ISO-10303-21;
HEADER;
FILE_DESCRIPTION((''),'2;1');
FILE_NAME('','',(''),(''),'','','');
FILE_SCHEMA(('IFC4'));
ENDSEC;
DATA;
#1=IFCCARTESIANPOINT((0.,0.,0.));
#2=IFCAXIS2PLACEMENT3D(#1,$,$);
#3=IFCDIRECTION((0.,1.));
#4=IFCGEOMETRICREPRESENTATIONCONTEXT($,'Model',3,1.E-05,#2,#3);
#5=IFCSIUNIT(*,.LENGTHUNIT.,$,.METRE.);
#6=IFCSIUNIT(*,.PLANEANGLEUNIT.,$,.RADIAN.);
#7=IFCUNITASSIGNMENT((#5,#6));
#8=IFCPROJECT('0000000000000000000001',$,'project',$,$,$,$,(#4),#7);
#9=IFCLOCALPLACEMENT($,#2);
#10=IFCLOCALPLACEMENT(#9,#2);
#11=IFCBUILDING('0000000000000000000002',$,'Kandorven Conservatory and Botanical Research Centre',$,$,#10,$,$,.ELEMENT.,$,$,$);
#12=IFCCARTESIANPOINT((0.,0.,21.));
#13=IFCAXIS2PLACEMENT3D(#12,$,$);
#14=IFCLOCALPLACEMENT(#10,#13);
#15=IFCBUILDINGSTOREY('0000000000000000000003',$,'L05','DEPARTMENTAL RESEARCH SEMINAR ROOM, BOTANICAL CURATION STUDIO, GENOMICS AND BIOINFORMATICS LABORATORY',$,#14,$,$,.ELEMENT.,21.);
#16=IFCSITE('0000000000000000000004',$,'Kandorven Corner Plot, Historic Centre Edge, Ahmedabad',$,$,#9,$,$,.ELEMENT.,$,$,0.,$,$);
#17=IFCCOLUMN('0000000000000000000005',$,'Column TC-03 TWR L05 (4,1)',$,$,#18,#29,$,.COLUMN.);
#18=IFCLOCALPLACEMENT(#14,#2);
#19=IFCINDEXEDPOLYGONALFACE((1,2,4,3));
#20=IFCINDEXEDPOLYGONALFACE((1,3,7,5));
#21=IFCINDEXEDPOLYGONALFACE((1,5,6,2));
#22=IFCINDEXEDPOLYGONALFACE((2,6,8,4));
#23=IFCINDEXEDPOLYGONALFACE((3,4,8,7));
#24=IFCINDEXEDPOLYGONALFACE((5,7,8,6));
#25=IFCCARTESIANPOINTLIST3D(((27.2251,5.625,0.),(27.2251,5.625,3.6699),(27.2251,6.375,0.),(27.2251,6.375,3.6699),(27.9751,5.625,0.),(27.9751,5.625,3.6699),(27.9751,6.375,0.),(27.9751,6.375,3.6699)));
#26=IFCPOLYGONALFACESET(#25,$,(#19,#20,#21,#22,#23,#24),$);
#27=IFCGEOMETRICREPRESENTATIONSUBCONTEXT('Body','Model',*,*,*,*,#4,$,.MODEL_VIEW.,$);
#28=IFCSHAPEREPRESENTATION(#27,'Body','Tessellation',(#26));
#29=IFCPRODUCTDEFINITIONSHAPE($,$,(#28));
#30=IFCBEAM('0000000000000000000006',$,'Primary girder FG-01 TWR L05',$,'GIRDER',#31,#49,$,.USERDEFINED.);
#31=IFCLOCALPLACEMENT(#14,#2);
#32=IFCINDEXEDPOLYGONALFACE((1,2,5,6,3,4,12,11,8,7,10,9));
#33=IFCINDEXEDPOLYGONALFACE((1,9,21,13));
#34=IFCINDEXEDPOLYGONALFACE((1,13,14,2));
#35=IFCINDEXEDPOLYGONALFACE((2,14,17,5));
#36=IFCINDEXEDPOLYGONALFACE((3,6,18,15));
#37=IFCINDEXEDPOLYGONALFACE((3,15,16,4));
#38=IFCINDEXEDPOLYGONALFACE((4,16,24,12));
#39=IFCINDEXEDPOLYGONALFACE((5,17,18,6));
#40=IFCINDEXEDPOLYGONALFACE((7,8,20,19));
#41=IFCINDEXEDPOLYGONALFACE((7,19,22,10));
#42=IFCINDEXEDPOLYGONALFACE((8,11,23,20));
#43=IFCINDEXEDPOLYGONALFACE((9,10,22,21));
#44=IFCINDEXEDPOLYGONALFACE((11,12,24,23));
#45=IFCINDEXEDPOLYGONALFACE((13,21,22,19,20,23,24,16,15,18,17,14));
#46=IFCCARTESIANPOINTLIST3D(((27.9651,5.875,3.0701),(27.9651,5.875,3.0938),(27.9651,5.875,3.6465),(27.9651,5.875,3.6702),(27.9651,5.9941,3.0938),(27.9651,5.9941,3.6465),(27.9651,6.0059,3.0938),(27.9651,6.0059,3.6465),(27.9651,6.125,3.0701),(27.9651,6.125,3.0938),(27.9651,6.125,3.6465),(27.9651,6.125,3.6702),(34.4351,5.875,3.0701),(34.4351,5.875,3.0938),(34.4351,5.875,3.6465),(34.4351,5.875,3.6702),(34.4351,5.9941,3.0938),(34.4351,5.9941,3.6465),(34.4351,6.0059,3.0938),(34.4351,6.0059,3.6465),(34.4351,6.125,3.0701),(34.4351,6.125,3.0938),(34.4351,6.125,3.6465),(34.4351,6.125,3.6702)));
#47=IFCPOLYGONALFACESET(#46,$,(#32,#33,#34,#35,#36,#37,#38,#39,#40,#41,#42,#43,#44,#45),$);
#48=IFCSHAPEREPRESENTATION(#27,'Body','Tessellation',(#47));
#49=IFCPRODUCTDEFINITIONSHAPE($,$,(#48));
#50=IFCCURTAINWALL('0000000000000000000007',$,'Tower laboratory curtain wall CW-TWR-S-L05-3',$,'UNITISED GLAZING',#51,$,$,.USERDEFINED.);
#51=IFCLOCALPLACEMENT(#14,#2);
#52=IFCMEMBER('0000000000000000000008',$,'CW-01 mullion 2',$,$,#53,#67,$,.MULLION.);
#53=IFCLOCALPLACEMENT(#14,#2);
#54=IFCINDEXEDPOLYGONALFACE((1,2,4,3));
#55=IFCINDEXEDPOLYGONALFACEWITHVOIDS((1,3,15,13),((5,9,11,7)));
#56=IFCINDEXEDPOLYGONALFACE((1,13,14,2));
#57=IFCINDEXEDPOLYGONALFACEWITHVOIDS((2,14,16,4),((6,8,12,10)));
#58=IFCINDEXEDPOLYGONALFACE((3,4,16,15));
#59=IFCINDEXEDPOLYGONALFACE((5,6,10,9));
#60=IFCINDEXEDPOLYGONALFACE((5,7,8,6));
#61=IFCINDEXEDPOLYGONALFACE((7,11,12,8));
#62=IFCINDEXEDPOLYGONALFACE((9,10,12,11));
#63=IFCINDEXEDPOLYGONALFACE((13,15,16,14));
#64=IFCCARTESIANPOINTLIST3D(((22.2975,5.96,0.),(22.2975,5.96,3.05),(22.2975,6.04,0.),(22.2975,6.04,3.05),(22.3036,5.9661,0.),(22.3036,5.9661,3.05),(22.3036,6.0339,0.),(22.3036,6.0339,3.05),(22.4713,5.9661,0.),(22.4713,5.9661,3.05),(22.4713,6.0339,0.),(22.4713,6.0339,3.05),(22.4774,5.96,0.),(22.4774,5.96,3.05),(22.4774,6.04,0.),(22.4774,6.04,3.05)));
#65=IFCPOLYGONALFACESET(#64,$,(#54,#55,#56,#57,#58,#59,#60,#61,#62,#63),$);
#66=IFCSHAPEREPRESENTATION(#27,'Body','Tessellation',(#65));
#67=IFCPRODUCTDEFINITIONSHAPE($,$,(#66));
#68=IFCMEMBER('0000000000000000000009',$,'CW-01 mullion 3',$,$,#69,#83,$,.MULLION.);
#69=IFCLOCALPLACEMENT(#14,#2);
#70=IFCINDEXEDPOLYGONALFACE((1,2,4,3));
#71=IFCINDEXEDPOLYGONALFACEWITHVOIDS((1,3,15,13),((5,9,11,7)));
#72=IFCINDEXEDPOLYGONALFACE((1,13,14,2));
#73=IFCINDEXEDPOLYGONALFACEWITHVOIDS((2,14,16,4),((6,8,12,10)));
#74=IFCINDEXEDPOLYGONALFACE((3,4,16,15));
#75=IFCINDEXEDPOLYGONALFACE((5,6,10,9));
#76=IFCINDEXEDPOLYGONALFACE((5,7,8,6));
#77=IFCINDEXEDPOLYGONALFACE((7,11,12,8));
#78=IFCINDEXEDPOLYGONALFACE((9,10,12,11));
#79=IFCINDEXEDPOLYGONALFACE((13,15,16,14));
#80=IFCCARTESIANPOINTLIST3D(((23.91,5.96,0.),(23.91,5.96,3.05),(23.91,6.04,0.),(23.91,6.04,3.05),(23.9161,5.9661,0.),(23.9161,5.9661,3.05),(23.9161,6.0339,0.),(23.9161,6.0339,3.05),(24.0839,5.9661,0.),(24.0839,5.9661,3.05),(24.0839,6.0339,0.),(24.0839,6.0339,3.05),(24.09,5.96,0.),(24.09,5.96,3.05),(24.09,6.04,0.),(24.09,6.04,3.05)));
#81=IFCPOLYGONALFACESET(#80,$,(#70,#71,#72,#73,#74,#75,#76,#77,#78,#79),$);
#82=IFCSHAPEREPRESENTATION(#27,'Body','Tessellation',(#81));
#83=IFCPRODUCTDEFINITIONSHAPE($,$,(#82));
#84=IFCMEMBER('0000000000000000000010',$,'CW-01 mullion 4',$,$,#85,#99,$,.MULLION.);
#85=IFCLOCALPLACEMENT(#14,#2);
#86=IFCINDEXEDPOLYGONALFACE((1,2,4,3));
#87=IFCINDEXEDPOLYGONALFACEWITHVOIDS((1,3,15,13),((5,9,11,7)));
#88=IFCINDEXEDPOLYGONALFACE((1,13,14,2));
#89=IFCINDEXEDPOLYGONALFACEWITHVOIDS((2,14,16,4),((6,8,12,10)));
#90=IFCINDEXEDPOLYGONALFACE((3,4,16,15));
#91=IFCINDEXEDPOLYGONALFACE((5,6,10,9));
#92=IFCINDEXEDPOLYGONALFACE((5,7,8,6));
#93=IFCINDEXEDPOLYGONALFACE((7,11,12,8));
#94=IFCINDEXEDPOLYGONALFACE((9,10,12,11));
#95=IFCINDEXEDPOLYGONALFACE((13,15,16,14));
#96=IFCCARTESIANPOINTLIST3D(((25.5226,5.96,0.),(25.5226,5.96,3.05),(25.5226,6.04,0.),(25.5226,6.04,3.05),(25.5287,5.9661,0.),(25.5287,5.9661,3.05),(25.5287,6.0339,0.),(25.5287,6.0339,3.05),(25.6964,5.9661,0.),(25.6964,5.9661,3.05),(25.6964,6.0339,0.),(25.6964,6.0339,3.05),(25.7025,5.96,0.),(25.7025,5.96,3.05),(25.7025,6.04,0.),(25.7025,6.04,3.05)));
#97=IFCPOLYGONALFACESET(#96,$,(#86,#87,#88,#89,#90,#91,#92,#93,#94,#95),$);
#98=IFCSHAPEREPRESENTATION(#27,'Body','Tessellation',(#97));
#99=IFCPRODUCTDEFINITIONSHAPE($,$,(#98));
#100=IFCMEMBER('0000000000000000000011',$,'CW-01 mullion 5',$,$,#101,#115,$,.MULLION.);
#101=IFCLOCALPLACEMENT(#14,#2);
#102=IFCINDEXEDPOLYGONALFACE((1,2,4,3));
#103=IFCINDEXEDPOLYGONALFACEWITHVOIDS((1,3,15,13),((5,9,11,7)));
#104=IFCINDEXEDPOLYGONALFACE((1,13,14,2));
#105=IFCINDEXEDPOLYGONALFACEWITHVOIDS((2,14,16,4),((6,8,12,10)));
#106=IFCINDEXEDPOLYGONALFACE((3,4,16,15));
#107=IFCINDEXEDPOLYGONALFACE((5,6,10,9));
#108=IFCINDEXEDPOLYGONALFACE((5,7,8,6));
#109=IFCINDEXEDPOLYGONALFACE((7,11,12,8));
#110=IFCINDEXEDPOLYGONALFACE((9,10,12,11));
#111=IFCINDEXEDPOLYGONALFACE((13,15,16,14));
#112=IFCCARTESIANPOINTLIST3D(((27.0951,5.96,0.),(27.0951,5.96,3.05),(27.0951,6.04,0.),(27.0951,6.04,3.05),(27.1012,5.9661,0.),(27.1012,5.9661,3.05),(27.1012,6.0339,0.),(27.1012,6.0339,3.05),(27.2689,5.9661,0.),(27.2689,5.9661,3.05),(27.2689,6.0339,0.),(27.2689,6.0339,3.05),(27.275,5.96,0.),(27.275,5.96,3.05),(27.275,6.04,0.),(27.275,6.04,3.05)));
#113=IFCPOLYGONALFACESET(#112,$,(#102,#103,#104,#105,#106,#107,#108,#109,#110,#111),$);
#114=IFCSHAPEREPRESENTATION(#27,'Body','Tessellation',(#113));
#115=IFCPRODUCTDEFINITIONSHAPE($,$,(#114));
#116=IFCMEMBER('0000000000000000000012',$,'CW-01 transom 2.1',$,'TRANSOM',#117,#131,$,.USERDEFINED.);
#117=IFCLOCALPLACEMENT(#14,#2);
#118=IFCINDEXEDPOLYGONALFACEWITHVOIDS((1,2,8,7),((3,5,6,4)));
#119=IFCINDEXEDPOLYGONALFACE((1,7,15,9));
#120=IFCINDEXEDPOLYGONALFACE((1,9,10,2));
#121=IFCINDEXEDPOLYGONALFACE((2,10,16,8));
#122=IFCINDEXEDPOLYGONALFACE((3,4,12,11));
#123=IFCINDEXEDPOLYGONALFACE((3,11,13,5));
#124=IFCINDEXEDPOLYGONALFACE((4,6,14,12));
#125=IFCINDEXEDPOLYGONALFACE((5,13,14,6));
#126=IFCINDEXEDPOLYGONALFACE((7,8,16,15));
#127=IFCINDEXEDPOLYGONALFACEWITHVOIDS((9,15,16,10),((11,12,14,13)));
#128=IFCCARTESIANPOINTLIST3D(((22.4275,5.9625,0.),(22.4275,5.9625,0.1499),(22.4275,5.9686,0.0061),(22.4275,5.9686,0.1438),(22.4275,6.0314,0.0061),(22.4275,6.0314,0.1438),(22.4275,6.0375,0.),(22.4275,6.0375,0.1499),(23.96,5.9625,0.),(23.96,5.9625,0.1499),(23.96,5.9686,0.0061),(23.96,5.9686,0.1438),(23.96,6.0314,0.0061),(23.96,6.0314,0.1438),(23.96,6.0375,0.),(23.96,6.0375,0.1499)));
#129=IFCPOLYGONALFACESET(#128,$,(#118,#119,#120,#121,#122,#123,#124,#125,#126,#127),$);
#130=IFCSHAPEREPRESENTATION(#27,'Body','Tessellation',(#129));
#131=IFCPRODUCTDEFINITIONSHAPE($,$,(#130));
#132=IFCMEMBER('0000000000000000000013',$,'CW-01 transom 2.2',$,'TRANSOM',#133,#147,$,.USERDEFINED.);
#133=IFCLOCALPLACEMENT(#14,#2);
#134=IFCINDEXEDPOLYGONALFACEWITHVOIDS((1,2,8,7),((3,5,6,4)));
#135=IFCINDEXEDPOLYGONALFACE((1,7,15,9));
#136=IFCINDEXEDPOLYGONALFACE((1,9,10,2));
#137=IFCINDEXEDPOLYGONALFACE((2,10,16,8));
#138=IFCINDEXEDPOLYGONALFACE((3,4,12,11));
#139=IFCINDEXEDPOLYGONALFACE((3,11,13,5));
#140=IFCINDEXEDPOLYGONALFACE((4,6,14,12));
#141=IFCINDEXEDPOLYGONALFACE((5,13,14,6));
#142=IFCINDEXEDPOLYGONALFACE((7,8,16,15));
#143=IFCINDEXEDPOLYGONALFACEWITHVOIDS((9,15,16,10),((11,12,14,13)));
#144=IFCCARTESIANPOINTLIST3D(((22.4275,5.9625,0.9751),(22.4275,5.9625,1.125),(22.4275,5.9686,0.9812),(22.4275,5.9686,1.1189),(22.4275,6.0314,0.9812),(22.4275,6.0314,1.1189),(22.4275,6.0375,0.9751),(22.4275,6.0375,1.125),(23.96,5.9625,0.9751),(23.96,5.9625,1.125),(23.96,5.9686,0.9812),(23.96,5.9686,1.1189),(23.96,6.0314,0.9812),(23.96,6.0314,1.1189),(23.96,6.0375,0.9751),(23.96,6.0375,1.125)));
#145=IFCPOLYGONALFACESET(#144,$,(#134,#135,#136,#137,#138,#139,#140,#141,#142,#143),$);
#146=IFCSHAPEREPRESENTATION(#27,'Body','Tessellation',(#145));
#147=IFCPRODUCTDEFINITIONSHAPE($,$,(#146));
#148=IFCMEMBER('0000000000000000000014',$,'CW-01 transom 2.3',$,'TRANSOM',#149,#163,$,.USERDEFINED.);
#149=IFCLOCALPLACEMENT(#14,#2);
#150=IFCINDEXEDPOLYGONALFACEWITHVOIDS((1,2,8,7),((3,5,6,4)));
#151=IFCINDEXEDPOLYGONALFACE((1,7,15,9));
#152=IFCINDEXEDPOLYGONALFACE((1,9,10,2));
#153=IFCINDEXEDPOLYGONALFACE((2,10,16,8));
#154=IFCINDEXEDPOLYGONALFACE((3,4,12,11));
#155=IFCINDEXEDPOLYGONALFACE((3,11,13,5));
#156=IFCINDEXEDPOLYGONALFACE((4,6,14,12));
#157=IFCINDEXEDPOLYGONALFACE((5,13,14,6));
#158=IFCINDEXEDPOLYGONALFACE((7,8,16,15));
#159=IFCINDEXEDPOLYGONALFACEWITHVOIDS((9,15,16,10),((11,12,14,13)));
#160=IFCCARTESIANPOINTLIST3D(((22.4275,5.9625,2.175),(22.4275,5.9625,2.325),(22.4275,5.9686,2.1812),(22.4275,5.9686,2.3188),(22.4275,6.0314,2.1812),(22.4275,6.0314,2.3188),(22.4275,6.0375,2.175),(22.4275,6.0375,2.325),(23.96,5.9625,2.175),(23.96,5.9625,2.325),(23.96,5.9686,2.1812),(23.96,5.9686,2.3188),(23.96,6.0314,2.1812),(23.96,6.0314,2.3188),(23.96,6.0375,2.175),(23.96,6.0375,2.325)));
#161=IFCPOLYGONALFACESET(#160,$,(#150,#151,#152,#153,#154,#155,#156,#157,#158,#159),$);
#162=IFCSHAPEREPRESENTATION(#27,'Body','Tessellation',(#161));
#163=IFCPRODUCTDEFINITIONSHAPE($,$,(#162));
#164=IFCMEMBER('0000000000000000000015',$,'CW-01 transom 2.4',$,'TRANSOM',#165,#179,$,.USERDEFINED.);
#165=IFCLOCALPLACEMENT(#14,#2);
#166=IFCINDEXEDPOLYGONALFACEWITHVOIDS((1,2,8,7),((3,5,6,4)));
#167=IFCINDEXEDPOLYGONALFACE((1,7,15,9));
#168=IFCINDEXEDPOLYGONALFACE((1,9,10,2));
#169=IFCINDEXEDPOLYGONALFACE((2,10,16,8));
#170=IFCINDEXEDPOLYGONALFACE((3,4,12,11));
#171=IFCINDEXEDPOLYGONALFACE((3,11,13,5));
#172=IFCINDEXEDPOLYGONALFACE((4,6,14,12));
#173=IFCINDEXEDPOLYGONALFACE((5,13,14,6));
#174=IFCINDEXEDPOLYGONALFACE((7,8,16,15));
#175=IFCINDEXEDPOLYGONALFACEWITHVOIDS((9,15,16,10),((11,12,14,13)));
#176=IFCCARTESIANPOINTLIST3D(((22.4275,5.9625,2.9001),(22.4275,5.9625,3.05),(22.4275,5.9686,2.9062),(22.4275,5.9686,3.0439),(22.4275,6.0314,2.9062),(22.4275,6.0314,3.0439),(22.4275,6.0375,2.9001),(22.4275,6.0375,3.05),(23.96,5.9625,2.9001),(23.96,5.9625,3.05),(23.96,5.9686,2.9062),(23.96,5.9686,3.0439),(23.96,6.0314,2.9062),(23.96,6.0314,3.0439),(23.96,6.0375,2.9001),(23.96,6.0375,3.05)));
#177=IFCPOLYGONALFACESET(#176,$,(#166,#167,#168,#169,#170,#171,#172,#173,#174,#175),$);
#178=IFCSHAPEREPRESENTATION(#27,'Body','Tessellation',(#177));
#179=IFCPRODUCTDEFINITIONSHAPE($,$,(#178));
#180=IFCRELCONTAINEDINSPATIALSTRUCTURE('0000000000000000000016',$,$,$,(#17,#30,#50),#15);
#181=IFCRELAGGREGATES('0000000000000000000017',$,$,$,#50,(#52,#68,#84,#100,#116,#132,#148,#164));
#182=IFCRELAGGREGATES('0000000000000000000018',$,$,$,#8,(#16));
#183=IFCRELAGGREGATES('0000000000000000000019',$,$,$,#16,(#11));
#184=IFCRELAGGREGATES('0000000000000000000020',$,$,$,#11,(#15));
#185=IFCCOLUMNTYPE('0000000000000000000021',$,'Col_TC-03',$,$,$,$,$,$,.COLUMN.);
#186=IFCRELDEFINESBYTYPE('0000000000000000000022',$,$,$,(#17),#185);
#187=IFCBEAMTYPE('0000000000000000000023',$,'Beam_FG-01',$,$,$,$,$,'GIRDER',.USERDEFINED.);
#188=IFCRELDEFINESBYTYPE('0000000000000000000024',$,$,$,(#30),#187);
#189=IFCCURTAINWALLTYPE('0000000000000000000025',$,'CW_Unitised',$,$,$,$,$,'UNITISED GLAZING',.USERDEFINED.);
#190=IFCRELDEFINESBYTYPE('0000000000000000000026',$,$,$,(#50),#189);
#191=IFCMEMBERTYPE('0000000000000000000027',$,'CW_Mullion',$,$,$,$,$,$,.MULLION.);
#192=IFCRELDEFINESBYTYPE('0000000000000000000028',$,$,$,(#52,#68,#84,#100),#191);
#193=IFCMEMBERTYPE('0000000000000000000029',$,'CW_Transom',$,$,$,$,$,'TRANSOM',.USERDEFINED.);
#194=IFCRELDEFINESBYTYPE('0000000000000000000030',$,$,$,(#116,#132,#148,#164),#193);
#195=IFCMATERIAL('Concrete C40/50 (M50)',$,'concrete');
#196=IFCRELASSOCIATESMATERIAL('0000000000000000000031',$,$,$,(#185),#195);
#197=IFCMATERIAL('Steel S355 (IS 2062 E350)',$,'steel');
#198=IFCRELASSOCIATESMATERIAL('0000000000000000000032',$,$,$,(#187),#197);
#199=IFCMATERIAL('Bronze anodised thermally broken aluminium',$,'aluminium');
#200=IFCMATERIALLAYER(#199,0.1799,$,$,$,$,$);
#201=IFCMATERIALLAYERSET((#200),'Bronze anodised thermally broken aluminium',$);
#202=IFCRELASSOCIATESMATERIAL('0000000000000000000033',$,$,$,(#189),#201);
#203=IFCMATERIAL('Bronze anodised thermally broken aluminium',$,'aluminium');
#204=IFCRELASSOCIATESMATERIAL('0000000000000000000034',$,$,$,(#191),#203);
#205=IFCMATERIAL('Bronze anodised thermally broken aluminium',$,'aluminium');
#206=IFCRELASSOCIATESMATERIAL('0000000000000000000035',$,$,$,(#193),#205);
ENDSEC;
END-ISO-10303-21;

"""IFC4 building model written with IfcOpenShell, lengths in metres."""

from ifc_helpers import new_model, si_unit, direction, frame, origin, origin_2d, place, context, subcontext, project, spatial, rectangle, hollow_rectangle, i_section, extrude, material, layer, layer_set, material_profile, profile_set, type_object, element, aggregate, save


model = new_model("IFC4")

# Units and contexts
model_context = context("Model", 3, precision=1e-05, world=origin(), true_north=direction((0.0, 1.0)))
body_context = subcontext(model_context, "Body", "Model", "MODEL_VIEW")
ifc_project = project(units=[si_unit("LENGTHUNIT", "METRE"), si_unit("PLANEANGLEUNIT", "RADIAN")], contexts=[model_context])

# Site, building, storey
site_placement = place(None, origin())
site = spatial("IfcSite", under=ifc_project, at=site_placement, Name="Kandorven Corner Plot, Historic Centre Edge, Ahmedabad", CompositionType="ELEMENT", RefElevation=0.0)
building_placement = place(site_placement, origin())
building = spatial("IfcBuilding", under=site, at=building_placement, Name="Kandorven Conservatory and Botanical Research Centre", CompositionType="ELEMENT")
storey_placement = place(building_placement, frame((0.0, 0.0, 21.0)))
storey = spatial("IfcBuildingStorey", under=building, at=storey_placement, Name="L05", Description="DEPARTMENTAL RESEARCH SEMINAR ROOM, BOTANICAL CURATION STUDIO, GENOMICS AND BIOINFORMATICS LABORATORY", CompositionType="ELEMENT", Elevation=21.0)

# Column
ifc_material_1 = material(Name="Concrete C40/50 (M50)", Category="concrete")
ifc_material_profile_1 = material_profile(ifc_material_1, rectangle(XDim=0.75, YDim=0.75, at=origin_2d()))
ifc_profile_set_1 = profile_set([ifc_material_profile_1], Name="Concrete C40/50 (M50)")
column_type = type_object("IfcColumnType", Name="Col_TC-03", PredefinedType="COLUMN", material=ifc_profile_set_1)
column_placement = place(storey_placement, frame((27.6001, 6.0, 0.0), z_axis=(0.0, 0.0, 1.0), x_axis=(1.0, 0.0, 0.0)))
element("IfcColumn", 1, at=column_placement, inside=storey, type_object=column_type, Name="Column TC-03 TWR L05 (4,1)", PredefinedType="COLUMN", context=body_context, shape_type="SweptSolid", body=[
    extrude(rectangle(XDim=0.75, YDim=0.75, at=origin_2d()), origin(), (0.0, 0.0, 1.0), 3.6699),
])

# Beam
ifc_material_2 = material(Name="Steel S355 (IS 2062 E350)", Category="steel")
ifc_material_profile_2 = material_profile(ifc_material_2, i_section(OverallWidth=0.25, OverallDepth=0.6001, WebThickness=0.0117, FlangeThickness=0.0237, at=origin_2d()))
ifc_profile_set_2 = profile_set([ifc_material_profile_2], Name="Steel S355 (IS 2062 E350)")
beam_type = type_object("IfcBeamType", Name="Beam_FG-01", ElementType="GIRDER", PredefinedType="USERDEFINED", material=ifc_profile_set_2)
beam_placement = place(storey_placement, frame((27.9651, 6.0, 3.3701), z_axis=(1.0, 0.0, 0.0), x_axis=(0.0, 1.0, 0.0)))
element("IfcBeam", 2, at=beam_placement, inside=storey, type_object=beam_type, Name="Primary girder FG-01 TWR L05", ObjectType="GIRDER", PredefinedType="USERDEFINED", context=body_context, shape_type="SweptSolid", body=[
    extrude(i_section(OverallWidth=0.25, OverallDepth=0.6001, WebThickness=0.0117, FlangeThickness=0.0237, at=origin_2d()), origin(), (0.0, 0.0, 1.0), 6.47),
])

# Curtain wall, members
ifc_material_3 = material(Name="Bronze anodised thermally broken aluminium", Category="aluminium")
ifc_layer_1 = layer(ifc_material_3, 0.1799)
ifc_layer_set_1 = layer_set([ifc_layer_1], Name="Bronze anodised thermally broken aluminium")
curtain_wall_type = type_object("IfcCurtainWallType", Name="CW_Unitised", ElementType="UNITISED GLAZING", PredefinedType="USERDEFINED", material=ifc_layer_set_1)
curtain_wall_placement = place(storey_placement, origin())
curtain_wall = element("IfcCurtainWall", 3, at=curtain_wall_placement, inside=storey, type_object=curtain_wall_type, Name="Tower laboratory curtain wall CW-TWR-S-L05-3", ObjectType="UNITISED GLAZING", PredefinedType="USERDEFINED")
ifc_material_4 = material(Name="Bronze anodised thermally broken aluminium", Category="aluminium")
ifc_material_profile_3 = material_profile(ifc_material_4, hollow_rectangle(XDim=0.0801, YDim=0.1799, WallThickness=0.0061, at=origin_2d()))
ifc_profile_set_3 = profile_set([ifc_material_profile_3], Name="Bronze anodised thermally broken aluminium")
member_type_1 = type_object("IfcMemberType", Name="CW_Mullion", PredefinedType="MULLION", material=ifc_profile_set_3)
member_1_placement = place(storey_placement, frame((22.3875, 6.0, 0.0), z_axis=(0.0, 0.0, 1.0), x_axis=(0.0, 1.0, 0.0)))
member_1 = element("IfcMember", 4, at=member_1_placement, type_object=member_type_1, Name="CW-01 mullion 2", PredefinedType="MULLION", context=body_context, shape_type="SweptSolid", body=[
    extrude(hollow_rectangle(XDim=0.0801, YDim=0.1799, WallThickness=0.0061, at=origin_2d()), origin(), (0.0, 0.0, 1.0), 3.05),
])
member_2_placement = place(storey_placement, frame((24.0, 6.0, 0.0), z_axis=(0.0, 0.0, 1.0), x_axis=(0.0, 1.0, 0.0)))
member_2 = element("IfcMember", 5, at=member_2_placement, type_object=member_type_1, Name="CW-01 mullion 3", PredefinedType="MULLION", context=body_context, shape_type="SweptSolid", body=[
    extrude(hollow_rectangle(XDim=0.0801, YDim=0.1799, WallThickness=0.0061, at=origin_2d()), origin(), (0.0, 0.0, 1.0), 3.05),
])
member_3_placement = place(storey_placement, frame((25.6125, 6.0, 0.0), z_axis=(0.0, 0.0, 1.0), x_axis=(0.0, 1.0, 0.0)))
member_3 = element("IfcMember", 6, at=member_3_placement, type_object=member_type_1, Name="CW-01 mullion 4", PredefinedType="MULLION", context=body_context, shape_type="SweptSolid", body=[
    extrude(hollow_rectangle(XDim=0.0801, YDim=0.1799, WallThickness=0.0061, at=origin_2d()), origin(), (0.0, 0.0, 1.0), 3.05),
])
member_4_placement = place(storey_placement, frame((27.1851, 6.0, 0.0), z_axis=(0.0, 0.0, 1.0), x_axis=(0.0, 1.0, 0.0)))
member_4 = element("IfcMember", 7, at=member_4_placement, type_object=member_type_1, Name="CW-01 mullion 5", PredefinedType="MULLION", context=body_context, shape_type="SweptSolid", body=[
    extrude(hollow_rectangle(XDim=0.0801, YDim=0.1799, WallThickness=0.0061, at=origin_2d()), origin(), (0.0, 0.0, 1.0), 3.05),
])
ifc_material_5 = material(Name="Bronze anodised thermally broken aluminium", Category="aluminium")
ifc_material_profile_4 = material_profile(ifc_material_5, hollow_rectangle(XDim=0.075, YDim=0.1499, WallThickness=0.0061, at=origin_2d()))
ifc_profile_set_4 = profile_set([ifc_material_profile_4], Name="Bronze anodised thermally broken aluminium")
member_type_2 = type_object("IfcMemberType", Name="CW_Transom", ElementType="TRANSOM", PredefinedType="USERDEFINED", material=ifc_profile_set_4)
member_5_placement = place(storey_placement, frame((22.4275, 6.0, 0.075), z_axis=(1.0, 0.0, 0.0), x_axis=(0.0, 1.0, 0.0)))
member_5 = element("IfcMember", 8, at=member_5_placement, type_object=member_type_2, Name="CW-01 transom 2.1", ObjectType="TRANSOM", PredefinedType="USERDEFINED", context=body_context, shape_type="SweptSolid", body=[
    extrude(hollow_rectangle(XDim=0.075, YDim=0.1499, WallThickness=0.0061, at=origin_2d()), origin(), (0.0, 0.0, 1.0), 1.5325),
])
member_6_placement = place(storey_placement, frame((22.4275, 6.0, 1.05), z_axis=(1.0, 0.0, 0.0), x_axis=(0.0, 1.0, 0.0)))
member_6 = element("IfcMember", 9, at=member_6_placement, type_object=member_type_2, Name="CW-01 transom 2.2", ObjectType="TRANSOM", PredefinedType="USERDEFINED", context=body_context, shape_type="SweptSolid", body=[
    extrude(hollow_rectangle(XDim=0.075, YDim=0.1499, WallThickness=0.0061, at=origin_2d()), origin(), (0.0, 0.0, 1.0), 1.5325),
])
member_7_placement = place(storey_placement, frame((22.4275, 6.0, 2.25), z_axis=(1.0, 0.0, 0.0), x_axis=(0.0, 1.0, 0.0)))
member_7 = element("IfcMember", 10, at=member_7_placement, type_object=member_type_2, Name="CW-01 transom 2.3", ObjectType="TRANSOM", PredefinedType="USERDEFINED", context=body_context, shape_type="SweptSolid", body=[
    extrude(hollow_rectangle(XDim=0.075, YDim=0.1499, WallThickness=0.0061, at=origin_2d()), origin(), (0.0, 0.0, 1.0), 1.5325),
])
member_8_placement = place(storey_placement, frame((22.4275, 6.0, 2.9751), z_axis=(1.0, 0.0, 0.0), x_axis=(0.0, 1.0, 0.0)))
member_8 = element("IfcMember", 11, at=member_8_placement, type_object=member_type_2, Name="CW-01 transom 2.4", ObjectType="TRANSOM", PredefinedType="USERDEFINED", context=body_context, shape_type="SweptSolid", body=[
    extrude(hollow_rectangle(XDim=0.075, YDim=0.1499, WallThickness=0.0061, at=origin_2d()), origin(), (0.0, 0.0, 1.0), 1.5325),
])

aggregate(curtain_wall, [member_1, member_2, member_3, member_4, member_5, member_6, member_7, member_8])

save(model, "model.ifc")
